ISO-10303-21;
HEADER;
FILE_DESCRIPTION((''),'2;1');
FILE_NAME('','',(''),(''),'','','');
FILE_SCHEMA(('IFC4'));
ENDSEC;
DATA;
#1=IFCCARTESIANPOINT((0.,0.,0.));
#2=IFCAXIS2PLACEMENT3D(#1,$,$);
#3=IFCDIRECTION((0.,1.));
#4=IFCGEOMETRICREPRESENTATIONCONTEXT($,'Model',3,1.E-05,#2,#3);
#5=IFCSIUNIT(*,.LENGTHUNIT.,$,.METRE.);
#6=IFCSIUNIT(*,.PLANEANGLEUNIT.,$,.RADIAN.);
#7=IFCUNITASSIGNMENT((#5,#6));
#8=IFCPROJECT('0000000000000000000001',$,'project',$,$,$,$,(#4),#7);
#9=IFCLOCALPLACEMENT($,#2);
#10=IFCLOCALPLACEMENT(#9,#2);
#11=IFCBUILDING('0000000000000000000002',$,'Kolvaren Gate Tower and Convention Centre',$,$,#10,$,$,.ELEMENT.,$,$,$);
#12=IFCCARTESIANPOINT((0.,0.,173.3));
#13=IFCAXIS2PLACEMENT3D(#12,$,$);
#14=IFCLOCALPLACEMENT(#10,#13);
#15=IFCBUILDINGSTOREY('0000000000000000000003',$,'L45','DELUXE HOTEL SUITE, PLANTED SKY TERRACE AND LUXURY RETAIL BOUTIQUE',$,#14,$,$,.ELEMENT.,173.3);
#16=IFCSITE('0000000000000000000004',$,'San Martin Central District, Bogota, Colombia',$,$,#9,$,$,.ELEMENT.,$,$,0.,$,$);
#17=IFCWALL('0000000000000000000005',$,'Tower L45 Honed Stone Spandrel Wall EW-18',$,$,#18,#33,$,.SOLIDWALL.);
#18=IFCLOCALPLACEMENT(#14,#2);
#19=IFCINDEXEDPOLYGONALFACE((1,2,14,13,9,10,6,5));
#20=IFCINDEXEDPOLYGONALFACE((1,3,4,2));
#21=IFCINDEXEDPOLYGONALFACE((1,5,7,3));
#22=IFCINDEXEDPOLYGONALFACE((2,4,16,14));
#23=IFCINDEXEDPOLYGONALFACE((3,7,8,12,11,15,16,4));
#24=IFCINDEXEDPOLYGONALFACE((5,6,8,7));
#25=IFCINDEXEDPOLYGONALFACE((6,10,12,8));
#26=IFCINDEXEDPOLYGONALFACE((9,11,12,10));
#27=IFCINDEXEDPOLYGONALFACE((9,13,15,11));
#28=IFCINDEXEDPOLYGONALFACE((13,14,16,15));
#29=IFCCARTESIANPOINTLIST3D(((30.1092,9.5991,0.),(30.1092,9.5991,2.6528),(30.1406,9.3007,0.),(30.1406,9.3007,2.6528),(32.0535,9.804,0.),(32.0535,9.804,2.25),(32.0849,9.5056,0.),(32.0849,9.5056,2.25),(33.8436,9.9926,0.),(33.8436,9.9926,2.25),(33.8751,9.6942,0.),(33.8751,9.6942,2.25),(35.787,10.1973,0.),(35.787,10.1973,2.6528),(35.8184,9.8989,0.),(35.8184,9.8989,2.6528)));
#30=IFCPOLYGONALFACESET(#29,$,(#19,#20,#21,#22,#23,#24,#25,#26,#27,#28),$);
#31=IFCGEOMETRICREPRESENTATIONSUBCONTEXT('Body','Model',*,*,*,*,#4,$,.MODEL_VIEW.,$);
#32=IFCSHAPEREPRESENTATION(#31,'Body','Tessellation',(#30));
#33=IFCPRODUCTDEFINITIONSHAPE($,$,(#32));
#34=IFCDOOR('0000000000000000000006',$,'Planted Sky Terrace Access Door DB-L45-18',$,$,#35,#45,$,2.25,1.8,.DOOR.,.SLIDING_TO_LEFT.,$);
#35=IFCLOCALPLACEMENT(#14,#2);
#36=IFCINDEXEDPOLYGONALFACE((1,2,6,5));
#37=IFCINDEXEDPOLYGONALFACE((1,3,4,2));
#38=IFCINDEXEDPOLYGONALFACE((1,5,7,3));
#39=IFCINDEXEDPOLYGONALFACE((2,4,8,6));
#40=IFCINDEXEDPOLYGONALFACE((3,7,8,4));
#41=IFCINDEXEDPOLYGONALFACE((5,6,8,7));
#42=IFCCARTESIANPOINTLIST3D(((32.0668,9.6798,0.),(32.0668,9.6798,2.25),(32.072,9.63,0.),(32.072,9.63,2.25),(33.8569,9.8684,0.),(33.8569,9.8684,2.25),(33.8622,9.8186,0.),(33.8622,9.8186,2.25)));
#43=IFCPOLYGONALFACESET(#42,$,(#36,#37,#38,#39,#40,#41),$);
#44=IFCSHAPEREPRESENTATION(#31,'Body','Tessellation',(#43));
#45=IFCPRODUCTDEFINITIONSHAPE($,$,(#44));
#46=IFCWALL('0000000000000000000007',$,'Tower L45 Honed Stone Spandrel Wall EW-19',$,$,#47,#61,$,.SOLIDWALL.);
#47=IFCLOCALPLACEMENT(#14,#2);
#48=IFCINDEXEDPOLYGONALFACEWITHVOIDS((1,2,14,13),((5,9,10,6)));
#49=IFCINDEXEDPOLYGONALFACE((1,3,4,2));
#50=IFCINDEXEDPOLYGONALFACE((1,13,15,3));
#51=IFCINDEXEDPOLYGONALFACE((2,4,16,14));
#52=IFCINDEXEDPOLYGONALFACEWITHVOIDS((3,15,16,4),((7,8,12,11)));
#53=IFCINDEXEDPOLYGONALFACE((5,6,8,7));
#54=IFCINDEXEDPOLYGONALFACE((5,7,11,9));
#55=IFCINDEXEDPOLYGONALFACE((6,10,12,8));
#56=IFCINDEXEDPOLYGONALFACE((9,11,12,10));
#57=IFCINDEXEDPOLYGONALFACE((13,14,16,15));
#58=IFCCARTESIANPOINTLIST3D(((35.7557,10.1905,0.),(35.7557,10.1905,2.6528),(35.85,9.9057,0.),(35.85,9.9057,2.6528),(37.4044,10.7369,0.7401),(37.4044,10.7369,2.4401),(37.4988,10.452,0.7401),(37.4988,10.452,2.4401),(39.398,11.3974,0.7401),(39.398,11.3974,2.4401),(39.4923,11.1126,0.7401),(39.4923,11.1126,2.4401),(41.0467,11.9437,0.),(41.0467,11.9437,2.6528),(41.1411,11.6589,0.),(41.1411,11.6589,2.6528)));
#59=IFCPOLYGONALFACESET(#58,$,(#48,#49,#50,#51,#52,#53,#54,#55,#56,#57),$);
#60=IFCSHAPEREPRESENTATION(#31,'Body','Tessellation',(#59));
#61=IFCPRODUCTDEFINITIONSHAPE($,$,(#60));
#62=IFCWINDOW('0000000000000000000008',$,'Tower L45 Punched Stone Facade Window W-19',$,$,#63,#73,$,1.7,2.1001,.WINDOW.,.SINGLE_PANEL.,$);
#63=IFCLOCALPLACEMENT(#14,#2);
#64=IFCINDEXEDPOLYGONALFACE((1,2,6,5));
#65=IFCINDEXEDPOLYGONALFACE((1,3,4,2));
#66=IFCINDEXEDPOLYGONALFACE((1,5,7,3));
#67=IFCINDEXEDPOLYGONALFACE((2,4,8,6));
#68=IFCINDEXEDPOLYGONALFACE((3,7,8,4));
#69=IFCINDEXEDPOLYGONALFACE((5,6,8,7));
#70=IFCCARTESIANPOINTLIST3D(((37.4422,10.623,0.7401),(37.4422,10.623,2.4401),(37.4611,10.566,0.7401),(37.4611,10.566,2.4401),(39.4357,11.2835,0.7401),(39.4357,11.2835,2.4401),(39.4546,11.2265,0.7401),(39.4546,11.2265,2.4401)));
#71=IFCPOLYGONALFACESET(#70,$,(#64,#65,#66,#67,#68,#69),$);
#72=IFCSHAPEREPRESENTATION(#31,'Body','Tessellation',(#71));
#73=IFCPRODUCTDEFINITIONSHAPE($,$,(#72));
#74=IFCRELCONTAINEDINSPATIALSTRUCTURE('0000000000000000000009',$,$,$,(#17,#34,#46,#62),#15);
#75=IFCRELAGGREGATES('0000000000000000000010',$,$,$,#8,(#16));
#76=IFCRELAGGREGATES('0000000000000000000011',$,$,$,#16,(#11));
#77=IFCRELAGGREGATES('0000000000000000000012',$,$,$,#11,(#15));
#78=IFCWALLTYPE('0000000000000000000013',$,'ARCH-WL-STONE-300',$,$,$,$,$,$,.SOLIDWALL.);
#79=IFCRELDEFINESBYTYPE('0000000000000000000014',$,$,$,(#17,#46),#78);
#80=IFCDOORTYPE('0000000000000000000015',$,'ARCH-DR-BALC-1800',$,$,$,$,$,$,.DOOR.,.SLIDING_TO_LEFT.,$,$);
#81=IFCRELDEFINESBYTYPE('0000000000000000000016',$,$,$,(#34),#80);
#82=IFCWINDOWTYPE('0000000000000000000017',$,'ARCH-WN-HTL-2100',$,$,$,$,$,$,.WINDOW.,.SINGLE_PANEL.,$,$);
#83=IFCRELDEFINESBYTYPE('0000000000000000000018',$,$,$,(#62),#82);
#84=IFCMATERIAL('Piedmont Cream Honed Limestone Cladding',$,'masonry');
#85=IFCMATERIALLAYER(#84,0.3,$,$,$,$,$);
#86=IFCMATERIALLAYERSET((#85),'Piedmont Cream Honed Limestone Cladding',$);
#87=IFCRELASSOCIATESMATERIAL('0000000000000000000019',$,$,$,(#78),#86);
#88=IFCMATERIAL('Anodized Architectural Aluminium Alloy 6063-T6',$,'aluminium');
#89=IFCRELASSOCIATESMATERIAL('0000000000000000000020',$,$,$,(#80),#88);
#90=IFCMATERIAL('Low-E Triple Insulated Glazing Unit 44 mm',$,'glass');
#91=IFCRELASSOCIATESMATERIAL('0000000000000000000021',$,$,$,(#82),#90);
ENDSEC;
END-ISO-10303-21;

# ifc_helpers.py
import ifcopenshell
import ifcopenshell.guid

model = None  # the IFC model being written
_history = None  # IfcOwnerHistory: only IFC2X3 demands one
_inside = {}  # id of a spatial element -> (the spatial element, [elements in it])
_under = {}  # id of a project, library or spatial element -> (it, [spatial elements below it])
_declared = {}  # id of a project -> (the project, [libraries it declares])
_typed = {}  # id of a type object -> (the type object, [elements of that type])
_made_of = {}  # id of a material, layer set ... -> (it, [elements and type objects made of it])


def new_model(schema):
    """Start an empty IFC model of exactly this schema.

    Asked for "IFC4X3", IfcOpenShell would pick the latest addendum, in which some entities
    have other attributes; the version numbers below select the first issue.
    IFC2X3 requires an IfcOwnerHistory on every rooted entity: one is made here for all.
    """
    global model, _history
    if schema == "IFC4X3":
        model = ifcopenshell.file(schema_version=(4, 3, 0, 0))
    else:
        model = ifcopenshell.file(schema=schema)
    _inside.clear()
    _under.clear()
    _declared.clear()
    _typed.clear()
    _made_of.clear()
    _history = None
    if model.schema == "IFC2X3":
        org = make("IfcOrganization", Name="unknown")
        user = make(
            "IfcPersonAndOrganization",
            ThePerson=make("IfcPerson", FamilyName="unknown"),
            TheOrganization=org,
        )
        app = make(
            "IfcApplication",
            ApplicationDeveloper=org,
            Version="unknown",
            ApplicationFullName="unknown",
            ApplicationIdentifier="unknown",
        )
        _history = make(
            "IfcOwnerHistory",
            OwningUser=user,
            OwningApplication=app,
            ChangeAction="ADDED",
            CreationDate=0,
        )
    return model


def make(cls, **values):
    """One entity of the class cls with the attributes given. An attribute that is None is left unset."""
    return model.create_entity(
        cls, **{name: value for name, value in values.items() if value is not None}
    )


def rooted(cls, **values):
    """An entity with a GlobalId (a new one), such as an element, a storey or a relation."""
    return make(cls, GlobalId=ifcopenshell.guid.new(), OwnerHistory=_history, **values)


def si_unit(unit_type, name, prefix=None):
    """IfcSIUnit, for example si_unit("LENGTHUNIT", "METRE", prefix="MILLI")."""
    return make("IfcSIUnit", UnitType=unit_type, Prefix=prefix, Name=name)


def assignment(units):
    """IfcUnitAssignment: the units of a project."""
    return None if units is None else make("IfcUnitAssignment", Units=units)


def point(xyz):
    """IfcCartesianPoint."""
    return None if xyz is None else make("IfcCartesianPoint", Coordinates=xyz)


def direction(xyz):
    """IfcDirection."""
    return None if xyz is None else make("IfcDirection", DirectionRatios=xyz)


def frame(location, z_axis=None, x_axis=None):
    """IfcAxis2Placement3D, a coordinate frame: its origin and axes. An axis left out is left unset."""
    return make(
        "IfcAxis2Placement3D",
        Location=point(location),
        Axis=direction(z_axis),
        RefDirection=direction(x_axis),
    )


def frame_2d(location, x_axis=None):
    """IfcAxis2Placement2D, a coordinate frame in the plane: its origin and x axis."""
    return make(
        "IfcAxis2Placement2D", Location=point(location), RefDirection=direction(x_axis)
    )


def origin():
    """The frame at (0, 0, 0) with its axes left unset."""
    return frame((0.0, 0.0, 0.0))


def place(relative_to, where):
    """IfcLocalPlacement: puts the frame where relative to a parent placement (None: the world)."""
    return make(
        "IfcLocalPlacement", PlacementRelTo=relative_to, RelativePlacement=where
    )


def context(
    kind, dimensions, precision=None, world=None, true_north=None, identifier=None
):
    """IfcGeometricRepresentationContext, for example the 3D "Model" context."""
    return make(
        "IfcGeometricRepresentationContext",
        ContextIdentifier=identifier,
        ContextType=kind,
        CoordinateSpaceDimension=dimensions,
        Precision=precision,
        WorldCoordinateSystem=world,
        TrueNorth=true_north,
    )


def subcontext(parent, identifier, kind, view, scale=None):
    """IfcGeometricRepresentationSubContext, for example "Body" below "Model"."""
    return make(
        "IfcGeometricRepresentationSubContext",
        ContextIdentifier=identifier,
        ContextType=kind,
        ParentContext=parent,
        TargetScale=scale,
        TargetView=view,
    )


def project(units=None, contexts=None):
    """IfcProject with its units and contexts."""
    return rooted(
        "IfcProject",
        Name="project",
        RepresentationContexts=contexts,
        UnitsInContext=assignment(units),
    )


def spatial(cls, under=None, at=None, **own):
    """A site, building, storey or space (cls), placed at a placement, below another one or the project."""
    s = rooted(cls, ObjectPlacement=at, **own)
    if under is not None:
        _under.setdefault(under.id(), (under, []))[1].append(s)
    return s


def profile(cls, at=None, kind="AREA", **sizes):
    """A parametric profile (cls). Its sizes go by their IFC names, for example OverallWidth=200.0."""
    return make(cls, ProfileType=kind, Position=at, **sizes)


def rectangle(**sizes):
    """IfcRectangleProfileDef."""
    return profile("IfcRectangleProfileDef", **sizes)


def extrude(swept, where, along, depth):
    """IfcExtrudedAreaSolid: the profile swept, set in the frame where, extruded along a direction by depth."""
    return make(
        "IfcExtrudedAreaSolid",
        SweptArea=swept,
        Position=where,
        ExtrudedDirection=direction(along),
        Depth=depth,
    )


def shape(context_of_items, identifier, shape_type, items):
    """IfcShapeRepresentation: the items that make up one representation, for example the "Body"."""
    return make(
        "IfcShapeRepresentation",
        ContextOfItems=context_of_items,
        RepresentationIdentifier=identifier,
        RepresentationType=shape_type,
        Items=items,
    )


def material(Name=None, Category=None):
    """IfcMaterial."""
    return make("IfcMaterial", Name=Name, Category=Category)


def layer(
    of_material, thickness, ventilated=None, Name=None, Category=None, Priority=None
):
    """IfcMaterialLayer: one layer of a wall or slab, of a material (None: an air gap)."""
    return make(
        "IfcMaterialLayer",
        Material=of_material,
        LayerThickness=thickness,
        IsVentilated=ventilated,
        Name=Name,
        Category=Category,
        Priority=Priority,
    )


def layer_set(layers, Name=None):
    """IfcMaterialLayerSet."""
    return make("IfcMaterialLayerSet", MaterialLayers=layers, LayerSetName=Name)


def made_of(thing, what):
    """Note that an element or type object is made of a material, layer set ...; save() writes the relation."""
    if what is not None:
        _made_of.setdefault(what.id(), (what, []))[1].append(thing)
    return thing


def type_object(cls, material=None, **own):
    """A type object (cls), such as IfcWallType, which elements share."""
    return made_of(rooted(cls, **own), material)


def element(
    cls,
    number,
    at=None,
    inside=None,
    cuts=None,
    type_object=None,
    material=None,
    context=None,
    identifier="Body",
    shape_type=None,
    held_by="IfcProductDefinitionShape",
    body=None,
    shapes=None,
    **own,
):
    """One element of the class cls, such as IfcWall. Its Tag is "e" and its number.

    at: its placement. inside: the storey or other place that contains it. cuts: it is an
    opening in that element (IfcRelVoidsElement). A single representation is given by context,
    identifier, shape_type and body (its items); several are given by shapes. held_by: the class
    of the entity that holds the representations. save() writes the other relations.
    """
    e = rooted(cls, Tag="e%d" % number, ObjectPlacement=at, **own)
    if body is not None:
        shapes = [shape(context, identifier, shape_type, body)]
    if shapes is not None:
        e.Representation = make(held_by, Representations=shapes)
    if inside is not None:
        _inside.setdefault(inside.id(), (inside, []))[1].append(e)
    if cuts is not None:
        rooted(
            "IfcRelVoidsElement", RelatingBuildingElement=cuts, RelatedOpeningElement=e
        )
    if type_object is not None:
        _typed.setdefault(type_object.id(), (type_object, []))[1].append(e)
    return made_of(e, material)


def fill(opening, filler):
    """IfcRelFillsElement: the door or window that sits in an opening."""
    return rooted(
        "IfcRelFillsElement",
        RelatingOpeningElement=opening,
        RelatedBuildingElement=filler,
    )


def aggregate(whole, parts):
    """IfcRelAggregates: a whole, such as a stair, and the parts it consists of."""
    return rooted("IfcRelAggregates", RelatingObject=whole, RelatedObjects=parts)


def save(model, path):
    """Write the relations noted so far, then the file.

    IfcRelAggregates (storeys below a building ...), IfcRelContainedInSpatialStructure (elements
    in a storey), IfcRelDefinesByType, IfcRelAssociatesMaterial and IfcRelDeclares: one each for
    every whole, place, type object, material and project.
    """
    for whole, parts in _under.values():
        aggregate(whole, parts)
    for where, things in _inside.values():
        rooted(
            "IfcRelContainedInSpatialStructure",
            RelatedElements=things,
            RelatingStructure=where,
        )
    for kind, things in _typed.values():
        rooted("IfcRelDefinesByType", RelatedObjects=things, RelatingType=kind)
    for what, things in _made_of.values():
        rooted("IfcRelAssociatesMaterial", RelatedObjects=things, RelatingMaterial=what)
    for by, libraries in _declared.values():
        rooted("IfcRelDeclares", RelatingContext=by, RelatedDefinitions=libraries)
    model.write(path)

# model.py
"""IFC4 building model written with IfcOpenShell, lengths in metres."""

from ifc_helpers import new_model, si_unit, direction, frame, frame_2d, origin, place, context, subcontext, project, spatial, rectangle, extrude, material, layer, layer_set, type_object, element, fill, save


model = new_model("IFC4")

# Units and contexts
model_context = context("Model", 3, precision=1e-05, world=origin(), true_north=direction((0.0, 1.0)))
body_context = subcontext(model_context, "Body", "Model", "MODEL_VIEW")
ifc_project = project(units=[si_unit("LENGTHUNIT", "METRE"), si_unit("PLANEANGLEUNIT", "RADIAN")], contexts=[model_context])

# Site, building, storey
site_placement = place(None, origin())
site = spatial("IfcSite", under=ifc_project, at=site_placement, Name="San Martin Central District, Bogota, Colombia", CompositionType="ELEMENT", RefElevation=0.0)
building_placement = place(site_placement, origin())
building = spatial("IfcBuilding", under=site, at=building_placement, Name="Kolvaren Gate Tower and Convention Centre", CompositionType="ELEMENT")
storey_placement = place(building_placement, frame((0.0, 0.0, 173.3)))
storey = spatial("IfcBuildingStorey", under=building, at=storey_placement, Name="L45", Description="DELUXE HOTEL SUITE, PLANTED SKY TERRACE AND LUXURY RETAIL BOUTIQUE", CompositionType="ELEMENT", Elevation=173.3)

# Shared definitions
ifc_material_1 = material(Name="Piedmont Cream Honed Limestone Cladding", Category="masonry")

# Wall, opening, door
ifc_layer_1 = layer(ifc_material_1, 0.3)
ifc_layer_set_1 = layer_set([ifc_layer_1], Name="Piedmont Cream Honed Limestone Cladding")
wall_type_1 = type_object("IfcWallType", Name="ARCH-WL-STONE-300", PredefinedType="SOLIDWALL", material=ifc_layer_set_1)
wall_1_placement = place(storey_placement, frame((30.125, 9.45, 0.0), z_axis=(0.0, 0.0, 1.0), x_axis=(0.994497, 0.104769, 0.0)))
wall_1 = element("IfcWall", 1, at=wall_1_placement, inside=storey, type_object=wall_type_1, Name="Tower L45 Honed Stone Spandrel Wall EW-18", PredefinedType="SOLIDWALL", context=body_context, shape_type="SweptSolid", body=[
    extrude(rectangle(XDim=5.7092, YDim=0.3, at=frame_2d((2.8545, 0.0))), origin(), (0.0, 0.0, 1.0), 2.6528),
])
opening_1_placement = place(wall_1_placement, frame((1.9551, 0.0, 0.0)))
opening_1 = element("IfcOpeningElement", 2, at=opening_1_placement, cuts=wall_1, PredefinedType="OPENING", context=body_context, shape_type="SweptSolid", body=[
    extrude(rectangle(XDim=1.8, YDim=2.25, at=frame_2d((0.8999, 1.125))), frame((0.0, 0.1599, 0.0), z_axis=(0.0, -1.0, 0.0), x_axis=(1.0, 0.0, 0.0)), (0.0, 0.0, 1.0), 0.3201),
])
ifc_material_2 = material(Name="Anodized Architectural Aluminium Alloy 6063-T6", Category="aluminium")
door_type_1 = type_object("IfcDoorType", Name="ARCH-DR-BALC-1800", OperationType="SLIDING_TO_LEFT", PredefinedType="DOOR", material=ifc_material_2)
door_1_placement = place(opening_1_placement, frame((1.8, 0.0, 0.0), z_axis=(0.0, 0.0, 1.0), x_axis=(-1.0, 0.0, 0.0)))
door_1 = element("IfcDoor", 3, at=door_1_placement, inside=storey, type_object=door_type_1, Name="Planted Sky Terrace Access Door DB-L45-18", OperationType="SLIDING_TO_LEFT", OverallHeight=2.25, OverallWidth=1.8, PredefinedType="DOOR", context=body_context, shape_type="SweptSolid", body=[
    extrude(rectangle(XDim=1.8, YDim=2.25, at=frame_2d((0.8999, 1.125))), frame((0.0, 0.0249, 0.0), z_axis=(0.0, -1.0, 0.0), x_axis=(1.0, 0.0, 0.0)), (0.0, 0.0, 1.0), 0.05),
])
fill(opening_1, door_1)

# Wall, opening, window
wall_2_placement = place(storey_placement, frame((35.8027, 10.0481, 0.0), z_axis=(0.0, 0.0, 1.0), x_axis=(0.949247, 0.314532, 0.0)))
wall_2 = element("IfcWall", 4, at=wall_2_placement, inside=storey, type_object=wall_type_1, Name="Tower L45 Honed Stone Spandrel Wall EW-19", PredefinedType="SOLIDWALL", context=body_context, shape_type="SweptSolid", body=[
    extrude(rectangle(XDim=5.574, YDim=0.3, at=frame_2d((2.7871, 0.0))), origin(), (0.0, 0.0, 1.0), 2.6528),
])
opening_2_placement = place(wall_2_placement, frame((1.7371, 0.0, 0.74)))
opening_2 = element("IfcOpeningElement", 5, at=opening_2_placement, cuts=wall_2, PredefinedType="OPENING", context=body_context, shape_type="SweptSolid", body=[
    extrude(rectangle(XDim=2.1001, YDim=1.7, at=frame_2d((1.05, 0.8501))), frame((0.0, 0.1599, 0.0), z_axis=(0.0, -1.0, 0.0), x_axis=(1.0, 0.0, 0.0)), (0.0, 0.0, 1.0), 0.3201),
])
ifc_material_3 = material(Name="Low-E Triple Insulated Glazing Unit 44 mm", Category="glass")
window_type = type_object("IfcWindowType", Name="ARCH-WN-HTL-2100", PartitioningType="SINGLE_PANEL", PredefinedType="WINDOW", material=ifc_material_3)
window_placement = place(opening_2_placement, origin())
window = element("IfcWindow", 6, at=window_placement, inside=storey, type_object=window_type, Name="Tower L45 Punched Stone Facade Window W-19", OverallHeight=1.7, OverallWidth=2.1001, PartitioningType="SINGLE_PANEL", PredefinedType="WINDOW", context=body_context, shape_type="SweptSolid", body=[
    extrude(rectangle(XDim=2.1001, YDim=1.7, at=frame_2d((1.05, 0.8501))), frame((0.0, 0.03, 0.0), z_axis=(0.0, -1.0, 0.0), x_axis=(1.0, 0.0, 0.0)), (0.0, 0.0, 1.0), 0.0601),
])
fill(opening_2, window)

save(model, "model.ifc")
